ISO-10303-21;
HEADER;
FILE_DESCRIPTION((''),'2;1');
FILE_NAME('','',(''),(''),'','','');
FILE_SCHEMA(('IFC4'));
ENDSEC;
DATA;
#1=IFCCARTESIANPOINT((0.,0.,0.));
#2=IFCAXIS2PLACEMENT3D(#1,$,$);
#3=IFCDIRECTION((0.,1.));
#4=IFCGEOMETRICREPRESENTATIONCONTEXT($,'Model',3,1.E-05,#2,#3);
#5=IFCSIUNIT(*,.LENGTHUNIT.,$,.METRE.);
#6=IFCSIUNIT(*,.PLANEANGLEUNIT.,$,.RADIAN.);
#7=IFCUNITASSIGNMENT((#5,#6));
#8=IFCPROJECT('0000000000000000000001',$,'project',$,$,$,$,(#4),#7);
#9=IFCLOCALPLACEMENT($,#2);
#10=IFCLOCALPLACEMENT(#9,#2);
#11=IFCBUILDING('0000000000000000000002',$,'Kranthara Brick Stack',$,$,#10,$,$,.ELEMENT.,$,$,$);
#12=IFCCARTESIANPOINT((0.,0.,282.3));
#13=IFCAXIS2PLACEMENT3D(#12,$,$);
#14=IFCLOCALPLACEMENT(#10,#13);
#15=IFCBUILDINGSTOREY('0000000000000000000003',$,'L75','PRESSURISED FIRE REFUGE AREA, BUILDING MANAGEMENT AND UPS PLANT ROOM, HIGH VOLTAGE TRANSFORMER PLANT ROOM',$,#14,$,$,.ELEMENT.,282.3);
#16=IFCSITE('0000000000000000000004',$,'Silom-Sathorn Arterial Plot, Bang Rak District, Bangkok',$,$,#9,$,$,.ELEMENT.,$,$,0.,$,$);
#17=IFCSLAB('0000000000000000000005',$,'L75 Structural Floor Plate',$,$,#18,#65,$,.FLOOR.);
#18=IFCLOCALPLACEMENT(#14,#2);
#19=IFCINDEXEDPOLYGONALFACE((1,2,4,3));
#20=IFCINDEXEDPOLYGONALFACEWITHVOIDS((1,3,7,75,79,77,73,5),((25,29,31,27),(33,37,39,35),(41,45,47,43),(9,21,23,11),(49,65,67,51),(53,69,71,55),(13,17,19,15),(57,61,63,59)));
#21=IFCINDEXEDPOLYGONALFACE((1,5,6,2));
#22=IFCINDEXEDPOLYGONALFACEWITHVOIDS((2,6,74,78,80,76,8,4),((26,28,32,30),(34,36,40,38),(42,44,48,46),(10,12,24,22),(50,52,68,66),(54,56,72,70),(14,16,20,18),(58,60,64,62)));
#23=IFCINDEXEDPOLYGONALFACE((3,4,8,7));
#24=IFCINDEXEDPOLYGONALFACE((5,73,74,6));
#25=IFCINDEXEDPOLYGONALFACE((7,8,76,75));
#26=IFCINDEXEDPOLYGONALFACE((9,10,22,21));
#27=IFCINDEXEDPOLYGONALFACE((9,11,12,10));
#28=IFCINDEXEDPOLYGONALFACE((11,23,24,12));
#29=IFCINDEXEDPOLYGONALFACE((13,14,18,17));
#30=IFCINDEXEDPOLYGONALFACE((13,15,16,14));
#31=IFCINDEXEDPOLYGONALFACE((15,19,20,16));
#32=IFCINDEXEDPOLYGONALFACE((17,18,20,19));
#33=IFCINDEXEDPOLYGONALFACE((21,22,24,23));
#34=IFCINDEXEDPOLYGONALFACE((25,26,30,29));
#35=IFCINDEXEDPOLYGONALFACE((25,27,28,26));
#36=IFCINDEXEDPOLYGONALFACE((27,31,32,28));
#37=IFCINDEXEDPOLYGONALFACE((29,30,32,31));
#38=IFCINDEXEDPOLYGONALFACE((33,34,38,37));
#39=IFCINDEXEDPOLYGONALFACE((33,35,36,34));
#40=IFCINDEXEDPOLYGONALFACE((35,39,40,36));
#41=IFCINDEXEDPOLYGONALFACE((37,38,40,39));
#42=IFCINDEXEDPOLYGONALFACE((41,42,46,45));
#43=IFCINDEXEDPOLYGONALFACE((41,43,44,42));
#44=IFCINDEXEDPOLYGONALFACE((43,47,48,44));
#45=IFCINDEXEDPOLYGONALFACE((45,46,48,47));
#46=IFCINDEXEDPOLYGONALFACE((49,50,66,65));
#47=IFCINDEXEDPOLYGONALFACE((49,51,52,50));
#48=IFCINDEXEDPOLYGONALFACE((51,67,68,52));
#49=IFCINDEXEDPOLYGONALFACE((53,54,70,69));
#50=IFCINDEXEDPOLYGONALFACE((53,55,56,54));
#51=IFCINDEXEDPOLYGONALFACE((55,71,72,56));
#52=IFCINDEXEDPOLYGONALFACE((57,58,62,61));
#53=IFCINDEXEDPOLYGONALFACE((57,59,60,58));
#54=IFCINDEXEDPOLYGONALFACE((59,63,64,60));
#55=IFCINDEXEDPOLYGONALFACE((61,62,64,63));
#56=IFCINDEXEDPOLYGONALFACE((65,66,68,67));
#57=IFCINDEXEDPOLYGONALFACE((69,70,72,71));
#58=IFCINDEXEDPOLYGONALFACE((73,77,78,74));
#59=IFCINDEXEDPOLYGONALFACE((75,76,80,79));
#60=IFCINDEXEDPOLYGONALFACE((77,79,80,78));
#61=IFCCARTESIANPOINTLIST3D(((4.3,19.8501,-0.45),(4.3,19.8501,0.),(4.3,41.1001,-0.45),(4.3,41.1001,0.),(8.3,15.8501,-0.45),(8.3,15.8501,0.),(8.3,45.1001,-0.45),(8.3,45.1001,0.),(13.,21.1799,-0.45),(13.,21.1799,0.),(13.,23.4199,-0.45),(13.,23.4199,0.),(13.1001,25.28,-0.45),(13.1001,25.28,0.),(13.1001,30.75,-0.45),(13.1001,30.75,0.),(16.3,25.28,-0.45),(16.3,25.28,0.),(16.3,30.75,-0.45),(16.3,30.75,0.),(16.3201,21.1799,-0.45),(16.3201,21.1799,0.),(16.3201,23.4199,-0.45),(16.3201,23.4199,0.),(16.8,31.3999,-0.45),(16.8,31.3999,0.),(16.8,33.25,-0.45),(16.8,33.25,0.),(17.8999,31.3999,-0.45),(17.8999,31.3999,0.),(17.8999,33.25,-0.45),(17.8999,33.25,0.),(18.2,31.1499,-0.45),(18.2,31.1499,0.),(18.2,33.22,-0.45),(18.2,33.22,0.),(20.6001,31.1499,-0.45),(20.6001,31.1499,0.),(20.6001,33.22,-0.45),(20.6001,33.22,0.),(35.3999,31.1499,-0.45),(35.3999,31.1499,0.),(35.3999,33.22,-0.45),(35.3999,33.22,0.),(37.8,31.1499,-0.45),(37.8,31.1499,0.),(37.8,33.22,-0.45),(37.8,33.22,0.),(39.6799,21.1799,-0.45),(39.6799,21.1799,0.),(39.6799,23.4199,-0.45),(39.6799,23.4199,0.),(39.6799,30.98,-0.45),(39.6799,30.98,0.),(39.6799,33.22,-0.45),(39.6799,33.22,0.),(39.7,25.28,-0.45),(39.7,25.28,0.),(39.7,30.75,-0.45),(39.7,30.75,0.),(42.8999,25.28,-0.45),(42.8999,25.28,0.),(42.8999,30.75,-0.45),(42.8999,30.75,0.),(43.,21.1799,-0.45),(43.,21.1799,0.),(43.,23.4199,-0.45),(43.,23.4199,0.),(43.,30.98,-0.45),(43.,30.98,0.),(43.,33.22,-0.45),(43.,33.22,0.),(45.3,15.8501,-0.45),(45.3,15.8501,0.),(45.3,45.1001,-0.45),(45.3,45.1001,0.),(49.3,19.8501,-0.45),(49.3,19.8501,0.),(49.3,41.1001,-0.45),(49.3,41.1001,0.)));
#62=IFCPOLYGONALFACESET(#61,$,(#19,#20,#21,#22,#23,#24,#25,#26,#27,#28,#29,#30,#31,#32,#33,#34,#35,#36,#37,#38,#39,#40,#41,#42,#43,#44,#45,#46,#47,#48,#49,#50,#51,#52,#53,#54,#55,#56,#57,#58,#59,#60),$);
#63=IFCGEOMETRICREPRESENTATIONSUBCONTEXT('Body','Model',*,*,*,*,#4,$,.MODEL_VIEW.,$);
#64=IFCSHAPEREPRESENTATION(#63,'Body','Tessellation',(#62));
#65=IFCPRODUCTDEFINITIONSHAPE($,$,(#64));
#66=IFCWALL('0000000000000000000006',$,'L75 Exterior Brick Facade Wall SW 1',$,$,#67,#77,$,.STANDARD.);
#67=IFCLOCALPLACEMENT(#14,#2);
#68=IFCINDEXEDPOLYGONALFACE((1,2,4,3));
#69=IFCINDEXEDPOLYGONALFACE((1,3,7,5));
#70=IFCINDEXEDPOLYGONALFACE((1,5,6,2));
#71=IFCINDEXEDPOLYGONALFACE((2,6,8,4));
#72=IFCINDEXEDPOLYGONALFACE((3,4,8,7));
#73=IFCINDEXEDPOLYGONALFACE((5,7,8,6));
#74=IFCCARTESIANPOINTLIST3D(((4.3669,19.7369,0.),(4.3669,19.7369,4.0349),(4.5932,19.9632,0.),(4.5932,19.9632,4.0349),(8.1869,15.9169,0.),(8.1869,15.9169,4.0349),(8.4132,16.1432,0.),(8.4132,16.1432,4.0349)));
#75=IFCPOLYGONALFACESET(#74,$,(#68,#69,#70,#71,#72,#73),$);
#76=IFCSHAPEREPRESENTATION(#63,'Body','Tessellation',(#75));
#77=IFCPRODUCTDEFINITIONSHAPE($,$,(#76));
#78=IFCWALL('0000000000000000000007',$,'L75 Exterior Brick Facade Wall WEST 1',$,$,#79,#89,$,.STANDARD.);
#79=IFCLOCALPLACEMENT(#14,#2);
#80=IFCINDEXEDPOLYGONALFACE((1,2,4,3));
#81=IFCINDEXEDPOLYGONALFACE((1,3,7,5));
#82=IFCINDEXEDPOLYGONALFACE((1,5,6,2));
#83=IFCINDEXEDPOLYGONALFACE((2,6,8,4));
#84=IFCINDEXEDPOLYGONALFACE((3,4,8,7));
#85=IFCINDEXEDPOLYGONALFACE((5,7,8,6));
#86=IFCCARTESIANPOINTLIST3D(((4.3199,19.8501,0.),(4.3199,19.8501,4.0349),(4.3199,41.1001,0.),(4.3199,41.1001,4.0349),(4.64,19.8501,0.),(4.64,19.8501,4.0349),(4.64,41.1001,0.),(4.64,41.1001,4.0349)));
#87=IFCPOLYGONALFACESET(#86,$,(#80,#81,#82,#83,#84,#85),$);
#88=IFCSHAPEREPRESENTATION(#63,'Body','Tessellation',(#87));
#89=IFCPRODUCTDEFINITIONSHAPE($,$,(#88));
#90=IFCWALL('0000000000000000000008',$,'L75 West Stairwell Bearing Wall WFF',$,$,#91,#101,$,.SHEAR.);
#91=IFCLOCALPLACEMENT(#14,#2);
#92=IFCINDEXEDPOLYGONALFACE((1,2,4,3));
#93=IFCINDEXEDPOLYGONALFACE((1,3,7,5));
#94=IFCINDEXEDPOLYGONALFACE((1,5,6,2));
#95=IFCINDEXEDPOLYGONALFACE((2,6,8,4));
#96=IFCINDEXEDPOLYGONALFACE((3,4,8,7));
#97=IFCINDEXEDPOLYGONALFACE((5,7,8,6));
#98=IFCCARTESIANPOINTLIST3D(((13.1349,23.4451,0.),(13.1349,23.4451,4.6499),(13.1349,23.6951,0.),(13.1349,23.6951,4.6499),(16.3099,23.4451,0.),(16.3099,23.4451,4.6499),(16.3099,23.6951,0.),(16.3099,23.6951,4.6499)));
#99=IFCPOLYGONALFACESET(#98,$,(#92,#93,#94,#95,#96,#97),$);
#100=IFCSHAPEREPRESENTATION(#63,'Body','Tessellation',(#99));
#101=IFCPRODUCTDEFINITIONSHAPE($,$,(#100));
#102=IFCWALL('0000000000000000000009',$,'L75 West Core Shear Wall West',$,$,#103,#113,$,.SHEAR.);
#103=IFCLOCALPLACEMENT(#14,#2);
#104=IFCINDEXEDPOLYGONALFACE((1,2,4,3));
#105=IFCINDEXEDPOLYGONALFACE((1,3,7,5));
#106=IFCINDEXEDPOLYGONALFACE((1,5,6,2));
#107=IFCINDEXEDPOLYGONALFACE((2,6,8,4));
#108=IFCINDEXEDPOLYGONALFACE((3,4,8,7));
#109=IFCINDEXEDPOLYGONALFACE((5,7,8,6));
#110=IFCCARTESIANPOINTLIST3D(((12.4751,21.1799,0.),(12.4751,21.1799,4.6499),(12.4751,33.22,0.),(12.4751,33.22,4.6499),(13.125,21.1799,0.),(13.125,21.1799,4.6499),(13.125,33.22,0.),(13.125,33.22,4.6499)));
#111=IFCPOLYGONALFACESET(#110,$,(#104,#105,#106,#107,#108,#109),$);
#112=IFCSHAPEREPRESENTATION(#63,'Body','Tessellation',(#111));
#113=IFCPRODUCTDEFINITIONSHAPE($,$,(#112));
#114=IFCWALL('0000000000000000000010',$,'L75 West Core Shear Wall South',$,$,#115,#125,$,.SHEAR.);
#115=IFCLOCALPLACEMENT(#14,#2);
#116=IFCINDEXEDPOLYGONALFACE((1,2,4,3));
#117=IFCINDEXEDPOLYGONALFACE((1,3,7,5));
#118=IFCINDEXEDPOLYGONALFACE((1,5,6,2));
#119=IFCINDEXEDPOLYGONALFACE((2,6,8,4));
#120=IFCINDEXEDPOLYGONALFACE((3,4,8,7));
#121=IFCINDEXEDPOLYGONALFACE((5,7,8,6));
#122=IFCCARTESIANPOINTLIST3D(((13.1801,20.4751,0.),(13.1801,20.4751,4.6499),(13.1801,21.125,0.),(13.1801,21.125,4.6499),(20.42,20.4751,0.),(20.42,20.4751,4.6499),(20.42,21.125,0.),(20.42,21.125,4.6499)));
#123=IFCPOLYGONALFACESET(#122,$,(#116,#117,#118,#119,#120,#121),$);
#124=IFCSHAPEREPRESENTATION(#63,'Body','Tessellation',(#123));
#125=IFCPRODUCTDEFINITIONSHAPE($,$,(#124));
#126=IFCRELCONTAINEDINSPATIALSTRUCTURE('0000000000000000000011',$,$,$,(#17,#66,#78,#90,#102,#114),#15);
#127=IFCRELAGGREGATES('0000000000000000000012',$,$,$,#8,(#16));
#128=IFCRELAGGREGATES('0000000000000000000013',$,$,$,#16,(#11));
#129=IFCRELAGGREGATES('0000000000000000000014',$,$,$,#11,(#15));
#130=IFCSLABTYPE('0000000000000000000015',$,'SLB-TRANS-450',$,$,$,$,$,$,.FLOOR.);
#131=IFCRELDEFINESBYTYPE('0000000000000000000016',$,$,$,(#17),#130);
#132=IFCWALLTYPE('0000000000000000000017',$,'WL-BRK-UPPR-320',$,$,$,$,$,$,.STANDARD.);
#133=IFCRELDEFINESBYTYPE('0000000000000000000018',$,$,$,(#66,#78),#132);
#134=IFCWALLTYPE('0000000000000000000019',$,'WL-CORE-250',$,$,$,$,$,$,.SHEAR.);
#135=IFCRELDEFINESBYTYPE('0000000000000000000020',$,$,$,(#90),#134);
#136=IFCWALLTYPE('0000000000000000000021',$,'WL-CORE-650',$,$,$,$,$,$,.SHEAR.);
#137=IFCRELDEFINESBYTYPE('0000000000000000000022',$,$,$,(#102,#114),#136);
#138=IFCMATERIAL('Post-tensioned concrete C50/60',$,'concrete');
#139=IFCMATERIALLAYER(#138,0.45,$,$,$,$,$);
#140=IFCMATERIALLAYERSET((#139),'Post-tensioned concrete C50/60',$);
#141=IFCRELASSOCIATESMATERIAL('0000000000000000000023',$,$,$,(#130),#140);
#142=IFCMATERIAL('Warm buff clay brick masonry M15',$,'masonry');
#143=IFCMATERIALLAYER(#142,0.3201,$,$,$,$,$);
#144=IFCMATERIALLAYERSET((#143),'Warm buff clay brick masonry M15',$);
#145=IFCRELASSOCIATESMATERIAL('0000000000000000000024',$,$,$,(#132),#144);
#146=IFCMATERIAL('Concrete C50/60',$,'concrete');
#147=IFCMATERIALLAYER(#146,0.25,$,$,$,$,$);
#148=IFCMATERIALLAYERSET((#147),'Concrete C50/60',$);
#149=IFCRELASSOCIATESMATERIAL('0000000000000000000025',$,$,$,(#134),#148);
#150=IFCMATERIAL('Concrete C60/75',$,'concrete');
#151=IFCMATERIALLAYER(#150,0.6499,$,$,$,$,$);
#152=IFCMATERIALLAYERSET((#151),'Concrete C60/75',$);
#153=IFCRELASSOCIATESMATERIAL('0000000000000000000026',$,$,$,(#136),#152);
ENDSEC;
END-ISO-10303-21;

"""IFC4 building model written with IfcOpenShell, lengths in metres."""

from ifc_helpers import new_model, si_unit, direction, frame, frame_2d, origin, place, context, subcontext, project, spatial, polyline, rectangle, outline, extrude, material, layer, layer_set, type_object, element, save


model = new_model("IFC4")

# Units and contexts
model_context = context("Model", 3, precision=1e-05, world=origin(), true_north=direction((0.0, 1.0)))
body_context = subcontext(model_context, "Body", "Model", "MODEL_VIEW")
ifc_project = project(units=[si_unit("LENGTHUNIT", "METRE"), si_unit("PLANEANGLEUNIT", "RADIAN")], contexts=[model_context])

# Site, building, storey
site_placement = place(None, origin())
site = spatial("IfcSite", under=ifc_project, at=site_placement, Name="Silom-Sathorn Arterial Plot, Bang Rak District, Bangkok", CompositionType="ELEMENT", RefElevation=0.0)
building_placement = place(site_placement, origin())
building = spatial("IfcBuilding", under=site, at=building_placement, Name="Kranthara Brick Stack", CompositionType="ELEMENT")
storey_placement = place(building_placement, frame((0.0, 0.0, 282.3)))
storey = spatial("IfcBuildingStorey", under=building, at=storey_placement, Name="L75", Description="PRESSURISED FIRE REFUGE AREA, BUILDING MANAGEMENT AND UPS PLANT ROOM, HIGH VOLTAGE TRANSFORMER PLANT ROOM", CompositionType="ELEMENT", Elevation=282.3)

# Slab
ifc_material_1 = material(Name="Post-tensioned concrete C50/60", Category="concrete")
ifc_layer_1 = layer(ifc_material_1, 0.45)
ifc_layer_set_1 = layer_set([ifc_layer_1], Name="Post-tensioned concrete C50/60")
slab_type_1 = type_object("IfcSlabType", Name="SLB-TRANS-450", PredefinedType="FLOOR", material=ifc_layer_set_1)
slab_1_placement = place(storey_placement, frame((0.0, 0.0, -0.45)))
element("IfcSlab", 1, at=slab_1_placement, inside=storey, type_object=slab_type_1, Name="L75 Structural Floor Plate", PredefinedType="FLOOR", context=body_context, shape_type="SweptSolid", body=[
    extrude(outline(polyline([(8.3, 15.8501), (45.3, 15.8501), (49.3, 19.8501), (49.3, 41.1001), (45.3, 45.1001), (8.3, 45.1001), (4.3, 41.1001), (4.3, 19.8501), (8.3, 15.8501)]), holes=[polyline([(13.1001, 25.28), (16.3, 25.28), (16.3, 30.75), (13.1001, 30.75), (13.1001, 25.28)]), polyline([(39.7, 25.28), (42.8999, 25.28), (42.8999, 30.75), (39.7, 30.75), (39.7, 25.28)]), polyline([(13.0, 21.1799), (16.3201, 21.1799), (16.3201, 23.4199), (13.0, 23.4199), (13.0, 21.1799)]), polyline([(39.6799, 21.1799), (43.0, 21.1799), (43.0, 23.4199), (39.6799, 23.4199), (39.6799, 21.1799)]), polyline([(39.6799, 30.98), (43.0, 30.98), (43.0, 33.22), (39.6799, 33.22), (39.6799, 30.98)]), polyline([(18.2, 31.1499), (20.6001, 31.1499), (20.6001, 33.22), (18.2, 33.22), (18.2, 31.1499)]), polyline([(35.3999, 31.1499), (37.8, 31.1499), (37.8, 33.22), (35.3999, 33.22), (35.3999, 31.1499)]), polyline([(16.8, 31.3999), (17.8999, 31.3999), (17.8999, 33.25), (16.8, 33.25), (16.8, 31.3999)])]), origin(), (0.0, 0.0, 1.0), 0.45),
])

# Walls
ifc_material_2 = material(Name="Warm buff clay brick masonry M15", Category="masonry")
ifc_layer_2 = layer(ifc_material_2, 0.3201)
ifc_layer_set_2 = layer_set([ifc_layer_2], Name="Warm buff clay brick masonry M15")
wall_type_1 = type_object("IfcWallType", Name="WL-BRK-UPPR-320", PredefinedType="STANDARD", material=ifc_layer_set_2)
wall_1_placement = place(storey_placement, frame((8.3, 16.03, 0.0), z_axis=(0.0, 0.0, 1.0), x_axis=(-0.707107, 0.707107, 0.0)))
element("IfcWall", 2, at=wall_1_placement, inside=storey, type_object=wall_type_1, Name="L75 Exterior Brick Facade Wall SW 1", PredefinedType="STANDARD", context=body_context, shape_type="SweptSolid", body=[
    extrude(rectangle(XDim=5.4023, YDim=0.3201, at=frame_2d((2.7012, 0.0))), origin(), (0.0, 0.0, 1.0), 4.0349),
])
wall_2_placement = place(storey_placement, frame((4.48, 19.8501, 0.0), z_axis=(0.0, 0.0, 1.0), x_axis=(0.0, 1.0, 0.0)))
element("IfcWall", 3, at=wall_2_placement, inside=storey, type_object=wall_type_1, Name="L75 Exterior Brick Facade Wall WEST 1", PredefinedType="STANDARD", context=body_context, shape_type="SweptSolid", body=[
    extrude(rectangle(XDim=21.25, YDim=0.3201, at=frame_2d((10.625, 0.0))), origin(), (0.0, 0.0, 1.0), 4.0349),
])
ifc_material_3 = material(Name="Concrete C50/60", Category="concrete")
ifc_layer_3 = layer(ifc_material_3, 0.25)
ifc_layer_set_3 = layer_set([ifc_layer_3], Name="Concrete C50/60")
wall_type_2 = type_object("IfcWallType", Name="WL-CORE-250", PredefinedType="SHEAR", material=ifc_layer_set_3)
wall_3_placement = place(storey_placement, frame((13.135, 23.5701, 0.0), z_axis=(0.0, 0.0, 1.0), x_axis=(1.0, 0.0, 0.0)))
element("IfcWall", 4, at=wall_3_placement, inside=storey, type_object=wall_type_2, Name="L75 West Stairwell Bearing Wall WFF", PredefinedType="SHEAR", context=body_context, shape_type="SweptSolid", body=[
    extrude(rectangle(XDim=3.175, YDim=0.25, at=frame_2d((1.5874, 0.0))), origin(), (0.0, 0.0, 1.0), 4.6499),
])
ifc_material_4 = material(Name="Concrete C60/75", Category="concrete")
ifc_layer_4 = layer(ifc_material_4, 0.6499)
ifc_layer_set_4 = layer_set([ifc_layer_4], Name="Concrete C60/75")
wall_type_3 = type_object("IfcWallType", Name="WL-CORE-650", PredefinedType="SHEAR", material=ifc_layer_set_4)
wall_4_placement = place(storey_placement, frame((12.8, 21.1799, 0.0), z_axis=(0.0, 0.0, 1.0), x_axis=(0.0, 1.0, 0.0)))
element("IfcWall", 5, at=wall_4_placement, inside=storey, type_object=wall_type_3, Name="L75 West Core Shear Wall West", PredefinedType="SHEAR", context=body_context, shape_type="SweptSolid", body=[
    extrude(rectangle(XDim=12.04, YDim=0.6499, at=frame_2d((6.02, 0.0))), origin(), (0.0, 0.0, 1.0), 4.6499),
])
wall_5_placement = place(storey_placement, frame((13.1799, 20.8, 0.0), z_axis=(0.0, 0.0, 1.0), x_axis=(1.0, 0.0, 0.0)))
element("IfcWall", 6, at=wall_5_placement, inside=storey, type_object=wall_type_3, Name="L75 West Core Shear Wall South", PredefinedType="SHEAR", context=body_context, shape_type="SweptSolid", body=[
    extrude(rectangle(XDim=7.24, YDim=0.6499, at=frame_2d((3.6201, 0.0))), origin(), (0.0, 0.0, 1.0), 4.6499),
])

save(model, "model.ifc")
